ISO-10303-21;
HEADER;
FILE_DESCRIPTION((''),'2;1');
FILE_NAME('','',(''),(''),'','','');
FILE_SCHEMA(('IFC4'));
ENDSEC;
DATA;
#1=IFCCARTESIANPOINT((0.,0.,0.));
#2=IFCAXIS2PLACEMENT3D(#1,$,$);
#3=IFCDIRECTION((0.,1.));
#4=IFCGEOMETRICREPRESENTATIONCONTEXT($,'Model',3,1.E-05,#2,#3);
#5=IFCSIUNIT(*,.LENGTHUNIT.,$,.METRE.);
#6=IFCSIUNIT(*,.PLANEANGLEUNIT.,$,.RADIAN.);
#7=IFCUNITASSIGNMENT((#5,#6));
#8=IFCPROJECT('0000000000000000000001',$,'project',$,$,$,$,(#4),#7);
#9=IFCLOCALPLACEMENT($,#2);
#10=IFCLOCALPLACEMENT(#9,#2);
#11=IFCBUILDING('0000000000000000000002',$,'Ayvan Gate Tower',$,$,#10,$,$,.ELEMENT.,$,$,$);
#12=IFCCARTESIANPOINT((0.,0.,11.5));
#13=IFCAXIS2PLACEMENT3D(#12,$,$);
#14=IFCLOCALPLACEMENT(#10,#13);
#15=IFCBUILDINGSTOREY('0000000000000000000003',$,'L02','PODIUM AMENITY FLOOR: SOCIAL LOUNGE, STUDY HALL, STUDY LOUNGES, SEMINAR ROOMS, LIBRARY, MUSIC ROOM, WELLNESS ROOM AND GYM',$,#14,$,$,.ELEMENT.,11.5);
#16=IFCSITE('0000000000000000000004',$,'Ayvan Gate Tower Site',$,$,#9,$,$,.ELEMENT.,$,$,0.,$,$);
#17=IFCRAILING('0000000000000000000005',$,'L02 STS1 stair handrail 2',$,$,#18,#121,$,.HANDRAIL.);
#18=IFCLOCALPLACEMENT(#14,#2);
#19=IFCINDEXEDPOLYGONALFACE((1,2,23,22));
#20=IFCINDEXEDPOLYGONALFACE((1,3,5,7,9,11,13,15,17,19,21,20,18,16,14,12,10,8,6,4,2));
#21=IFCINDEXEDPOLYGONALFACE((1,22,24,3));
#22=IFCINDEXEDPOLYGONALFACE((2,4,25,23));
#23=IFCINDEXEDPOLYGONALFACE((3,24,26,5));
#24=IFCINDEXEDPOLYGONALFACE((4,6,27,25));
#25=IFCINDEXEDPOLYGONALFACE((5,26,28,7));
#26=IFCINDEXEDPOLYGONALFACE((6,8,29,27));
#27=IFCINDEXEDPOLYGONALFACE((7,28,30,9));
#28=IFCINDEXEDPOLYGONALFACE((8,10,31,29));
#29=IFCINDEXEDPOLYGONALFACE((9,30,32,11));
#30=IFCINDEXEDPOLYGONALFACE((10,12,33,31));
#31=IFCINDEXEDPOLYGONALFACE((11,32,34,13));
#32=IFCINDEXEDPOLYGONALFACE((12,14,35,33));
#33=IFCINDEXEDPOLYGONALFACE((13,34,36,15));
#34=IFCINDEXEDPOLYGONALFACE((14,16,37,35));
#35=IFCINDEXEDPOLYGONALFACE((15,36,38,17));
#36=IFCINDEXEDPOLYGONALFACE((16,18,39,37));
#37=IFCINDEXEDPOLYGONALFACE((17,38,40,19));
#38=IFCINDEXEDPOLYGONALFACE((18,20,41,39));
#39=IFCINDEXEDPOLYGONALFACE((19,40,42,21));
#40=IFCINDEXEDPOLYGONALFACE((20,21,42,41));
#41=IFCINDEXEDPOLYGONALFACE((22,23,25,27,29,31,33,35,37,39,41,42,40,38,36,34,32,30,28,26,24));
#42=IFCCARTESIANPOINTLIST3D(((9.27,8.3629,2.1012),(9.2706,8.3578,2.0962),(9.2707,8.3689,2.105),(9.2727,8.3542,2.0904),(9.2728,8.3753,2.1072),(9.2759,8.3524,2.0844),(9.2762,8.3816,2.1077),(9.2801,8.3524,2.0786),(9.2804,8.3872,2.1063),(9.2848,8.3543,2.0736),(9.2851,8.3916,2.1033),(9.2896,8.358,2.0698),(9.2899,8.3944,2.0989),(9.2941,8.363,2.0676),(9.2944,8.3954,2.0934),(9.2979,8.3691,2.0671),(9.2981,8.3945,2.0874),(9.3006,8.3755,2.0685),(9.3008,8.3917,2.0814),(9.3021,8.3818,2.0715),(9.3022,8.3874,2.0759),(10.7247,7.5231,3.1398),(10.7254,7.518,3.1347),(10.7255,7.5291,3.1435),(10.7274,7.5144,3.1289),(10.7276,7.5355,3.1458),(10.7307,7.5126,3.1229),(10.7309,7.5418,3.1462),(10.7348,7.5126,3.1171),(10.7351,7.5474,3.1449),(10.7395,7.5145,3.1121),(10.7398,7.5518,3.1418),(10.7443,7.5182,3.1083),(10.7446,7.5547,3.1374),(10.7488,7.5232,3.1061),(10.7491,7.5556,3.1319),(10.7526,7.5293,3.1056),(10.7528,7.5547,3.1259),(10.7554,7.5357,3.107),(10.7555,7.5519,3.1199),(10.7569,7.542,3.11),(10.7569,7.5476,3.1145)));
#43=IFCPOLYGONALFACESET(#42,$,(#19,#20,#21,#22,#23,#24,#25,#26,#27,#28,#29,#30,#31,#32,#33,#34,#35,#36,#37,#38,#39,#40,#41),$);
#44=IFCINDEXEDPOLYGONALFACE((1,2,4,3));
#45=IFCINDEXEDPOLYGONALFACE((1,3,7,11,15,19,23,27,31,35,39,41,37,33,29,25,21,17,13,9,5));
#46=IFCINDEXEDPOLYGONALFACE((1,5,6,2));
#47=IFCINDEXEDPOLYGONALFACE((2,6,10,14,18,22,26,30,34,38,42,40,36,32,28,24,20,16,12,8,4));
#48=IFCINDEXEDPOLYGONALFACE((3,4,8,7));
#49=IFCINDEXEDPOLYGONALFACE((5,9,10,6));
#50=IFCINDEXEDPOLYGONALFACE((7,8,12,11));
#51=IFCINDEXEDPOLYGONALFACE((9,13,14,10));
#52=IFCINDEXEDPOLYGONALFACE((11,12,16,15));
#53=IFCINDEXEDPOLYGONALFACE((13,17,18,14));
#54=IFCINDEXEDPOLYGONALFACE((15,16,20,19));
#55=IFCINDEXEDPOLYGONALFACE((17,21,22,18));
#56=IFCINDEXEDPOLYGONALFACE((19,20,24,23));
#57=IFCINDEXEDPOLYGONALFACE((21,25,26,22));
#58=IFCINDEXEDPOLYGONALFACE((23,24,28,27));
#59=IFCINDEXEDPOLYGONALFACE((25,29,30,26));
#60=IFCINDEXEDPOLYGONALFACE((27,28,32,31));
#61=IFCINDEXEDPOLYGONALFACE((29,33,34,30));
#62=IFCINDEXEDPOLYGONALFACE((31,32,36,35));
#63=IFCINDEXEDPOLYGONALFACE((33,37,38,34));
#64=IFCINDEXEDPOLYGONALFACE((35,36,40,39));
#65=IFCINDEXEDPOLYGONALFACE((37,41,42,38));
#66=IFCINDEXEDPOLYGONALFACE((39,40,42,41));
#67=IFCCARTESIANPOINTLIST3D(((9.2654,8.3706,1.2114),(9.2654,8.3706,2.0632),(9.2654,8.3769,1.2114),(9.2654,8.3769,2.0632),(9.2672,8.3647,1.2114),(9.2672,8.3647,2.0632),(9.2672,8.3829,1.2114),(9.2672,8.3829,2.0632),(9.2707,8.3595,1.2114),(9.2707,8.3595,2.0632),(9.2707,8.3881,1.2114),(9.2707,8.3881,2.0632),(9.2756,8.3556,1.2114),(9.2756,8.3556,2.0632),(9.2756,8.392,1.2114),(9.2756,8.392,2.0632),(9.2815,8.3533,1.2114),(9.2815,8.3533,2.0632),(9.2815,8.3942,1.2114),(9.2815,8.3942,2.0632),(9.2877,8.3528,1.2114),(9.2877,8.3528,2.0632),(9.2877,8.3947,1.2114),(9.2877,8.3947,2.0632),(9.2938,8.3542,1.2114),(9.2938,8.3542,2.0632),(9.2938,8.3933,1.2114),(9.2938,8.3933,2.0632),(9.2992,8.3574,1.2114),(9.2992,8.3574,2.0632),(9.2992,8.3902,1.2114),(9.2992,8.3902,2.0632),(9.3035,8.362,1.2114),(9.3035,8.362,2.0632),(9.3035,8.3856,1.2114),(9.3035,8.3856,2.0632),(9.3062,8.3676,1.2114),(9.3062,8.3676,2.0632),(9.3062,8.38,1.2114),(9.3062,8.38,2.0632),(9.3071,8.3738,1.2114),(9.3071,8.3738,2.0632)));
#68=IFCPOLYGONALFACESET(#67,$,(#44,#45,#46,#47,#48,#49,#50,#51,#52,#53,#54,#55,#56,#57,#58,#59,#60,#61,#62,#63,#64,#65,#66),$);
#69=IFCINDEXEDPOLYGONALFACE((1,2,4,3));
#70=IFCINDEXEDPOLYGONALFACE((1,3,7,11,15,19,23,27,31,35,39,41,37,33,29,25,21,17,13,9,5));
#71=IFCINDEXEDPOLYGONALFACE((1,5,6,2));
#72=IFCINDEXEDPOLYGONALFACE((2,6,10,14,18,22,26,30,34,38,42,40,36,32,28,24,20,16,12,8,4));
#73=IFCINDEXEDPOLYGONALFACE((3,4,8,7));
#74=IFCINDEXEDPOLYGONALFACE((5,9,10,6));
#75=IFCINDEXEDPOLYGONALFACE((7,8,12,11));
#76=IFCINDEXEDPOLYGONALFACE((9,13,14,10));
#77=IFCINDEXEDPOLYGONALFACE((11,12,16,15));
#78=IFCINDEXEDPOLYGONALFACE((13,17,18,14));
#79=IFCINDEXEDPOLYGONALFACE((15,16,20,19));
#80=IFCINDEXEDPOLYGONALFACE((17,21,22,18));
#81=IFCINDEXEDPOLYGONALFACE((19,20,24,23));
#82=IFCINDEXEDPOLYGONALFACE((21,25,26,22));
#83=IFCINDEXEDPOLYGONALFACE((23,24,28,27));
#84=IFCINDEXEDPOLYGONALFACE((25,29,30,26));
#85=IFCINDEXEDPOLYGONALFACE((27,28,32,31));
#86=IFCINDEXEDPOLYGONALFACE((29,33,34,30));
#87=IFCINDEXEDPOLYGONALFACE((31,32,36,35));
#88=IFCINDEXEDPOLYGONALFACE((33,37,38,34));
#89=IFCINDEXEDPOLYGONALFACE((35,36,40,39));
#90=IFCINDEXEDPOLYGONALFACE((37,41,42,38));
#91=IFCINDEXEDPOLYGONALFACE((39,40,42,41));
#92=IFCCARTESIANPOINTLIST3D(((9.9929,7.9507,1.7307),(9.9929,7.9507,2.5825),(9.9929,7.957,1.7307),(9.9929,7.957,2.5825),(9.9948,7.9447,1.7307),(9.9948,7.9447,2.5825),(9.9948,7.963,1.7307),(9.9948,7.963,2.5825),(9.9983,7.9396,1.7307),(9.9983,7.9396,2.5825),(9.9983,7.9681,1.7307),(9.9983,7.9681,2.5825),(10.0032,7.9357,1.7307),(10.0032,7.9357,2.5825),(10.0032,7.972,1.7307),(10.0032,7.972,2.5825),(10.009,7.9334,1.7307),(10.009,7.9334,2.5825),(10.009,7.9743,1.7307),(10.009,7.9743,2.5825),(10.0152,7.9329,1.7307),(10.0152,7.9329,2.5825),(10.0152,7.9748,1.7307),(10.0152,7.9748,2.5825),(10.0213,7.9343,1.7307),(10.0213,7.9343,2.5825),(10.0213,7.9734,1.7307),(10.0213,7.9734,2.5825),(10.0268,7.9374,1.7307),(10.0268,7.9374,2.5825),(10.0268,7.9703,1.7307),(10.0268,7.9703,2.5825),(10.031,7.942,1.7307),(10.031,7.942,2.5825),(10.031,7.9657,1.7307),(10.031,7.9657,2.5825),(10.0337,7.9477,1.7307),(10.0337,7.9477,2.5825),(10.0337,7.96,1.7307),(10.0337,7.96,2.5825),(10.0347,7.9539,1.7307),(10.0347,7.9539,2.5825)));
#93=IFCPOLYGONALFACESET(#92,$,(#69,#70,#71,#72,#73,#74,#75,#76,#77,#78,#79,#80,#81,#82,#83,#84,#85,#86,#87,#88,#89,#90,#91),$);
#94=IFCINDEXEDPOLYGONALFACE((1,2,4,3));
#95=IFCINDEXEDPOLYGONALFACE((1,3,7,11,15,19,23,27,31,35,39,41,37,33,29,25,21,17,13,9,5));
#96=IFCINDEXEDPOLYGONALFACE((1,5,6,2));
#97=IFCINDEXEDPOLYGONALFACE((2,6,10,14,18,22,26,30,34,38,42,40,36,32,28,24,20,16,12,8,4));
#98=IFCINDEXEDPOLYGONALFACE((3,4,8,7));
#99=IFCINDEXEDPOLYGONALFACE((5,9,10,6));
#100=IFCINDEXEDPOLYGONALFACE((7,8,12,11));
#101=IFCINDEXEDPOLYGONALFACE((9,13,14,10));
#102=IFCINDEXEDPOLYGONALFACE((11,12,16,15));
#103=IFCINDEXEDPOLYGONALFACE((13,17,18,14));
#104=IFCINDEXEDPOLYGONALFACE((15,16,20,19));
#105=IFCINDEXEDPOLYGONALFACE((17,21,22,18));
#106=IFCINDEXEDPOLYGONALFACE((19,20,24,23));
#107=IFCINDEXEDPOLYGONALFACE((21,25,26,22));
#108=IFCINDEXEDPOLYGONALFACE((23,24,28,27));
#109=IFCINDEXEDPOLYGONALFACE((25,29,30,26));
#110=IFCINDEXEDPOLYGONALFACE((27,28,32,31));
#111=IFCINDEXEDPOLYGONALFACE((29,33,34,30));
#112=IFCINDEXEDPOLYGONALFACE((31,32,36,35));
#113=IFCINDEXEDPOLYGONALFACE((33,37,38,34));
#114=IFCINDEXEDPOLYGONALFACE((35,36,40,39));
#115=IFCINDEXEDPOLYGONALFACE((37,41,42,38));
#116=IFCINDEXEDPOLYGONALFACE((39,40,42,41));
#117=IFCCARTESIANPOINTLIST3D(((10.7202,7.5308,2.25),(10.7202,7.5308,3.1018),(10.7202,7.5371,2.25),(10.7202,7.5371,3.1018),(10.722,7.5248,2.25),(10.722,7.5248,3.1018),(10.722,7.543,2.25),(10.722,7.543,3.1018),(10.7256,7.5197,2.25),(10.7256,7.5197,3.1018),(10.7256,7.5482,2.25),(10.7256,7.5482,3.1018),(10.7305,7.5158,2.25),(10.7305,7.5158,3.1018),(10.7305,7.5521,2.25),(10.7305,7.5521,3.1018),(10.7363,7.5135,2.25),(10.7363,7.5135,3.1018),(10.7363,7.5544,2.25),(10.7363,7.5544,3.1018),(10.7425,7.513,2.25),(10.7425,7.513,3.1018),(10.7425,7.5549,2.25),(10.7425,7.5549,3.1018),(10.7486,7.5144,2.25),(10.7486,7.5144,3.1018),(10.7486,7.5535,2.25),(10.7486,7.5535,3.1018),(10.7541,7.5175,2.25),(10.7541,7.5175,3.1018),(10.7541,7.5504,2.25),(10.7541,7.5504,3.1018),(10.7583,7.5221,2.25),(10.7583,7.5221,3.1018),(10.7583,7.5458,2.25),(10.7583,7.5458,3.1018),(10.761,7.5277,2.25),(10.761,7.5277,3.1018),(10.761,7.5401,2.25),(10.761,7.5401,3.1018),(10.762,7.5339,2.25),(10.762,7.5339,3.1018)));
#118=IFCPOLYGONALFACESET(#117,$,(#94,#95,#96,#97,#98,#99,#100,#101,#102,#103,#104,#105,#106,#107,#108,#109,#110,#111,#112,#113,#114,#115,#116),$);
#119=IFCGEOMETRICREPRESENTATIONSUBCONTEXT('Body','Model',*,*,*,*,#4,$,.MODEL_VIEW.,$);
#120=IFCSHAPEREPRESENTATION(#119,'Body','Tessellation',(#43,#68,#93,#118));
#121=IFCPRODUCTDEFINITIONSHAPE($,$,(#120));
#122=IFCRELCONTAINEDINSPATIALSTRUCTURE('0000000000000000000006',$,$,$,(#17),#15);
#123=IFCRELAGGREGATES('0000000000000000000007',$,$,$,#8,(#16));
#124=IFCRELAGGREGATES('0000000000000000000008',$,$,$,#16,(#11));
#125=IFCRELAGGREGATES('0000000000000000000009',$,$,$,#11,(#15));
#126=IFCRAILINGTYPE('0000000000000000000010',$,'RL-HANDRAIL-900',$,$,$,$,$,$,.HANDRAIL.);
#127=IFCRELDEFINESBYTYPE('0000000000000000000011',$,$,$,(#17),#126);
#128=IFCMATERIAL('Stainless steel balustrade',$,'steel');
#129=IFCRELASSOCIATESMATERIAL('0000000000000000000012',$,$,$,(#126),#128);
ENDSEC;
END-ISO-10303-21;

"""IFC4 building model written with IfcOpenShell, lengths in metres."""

from ifc_helpers import new_model, si_unit, direction, frame, origin, origin_2d, place, context, subcontext, project, spatial, circle, extrude, material, type_object, element, save


model = new_model("IFC4")

# Units and contexts
model_context = context("Model", 3, precision=1e-05, world=origin(), true_north=direction((0.0, 1.0)))
body_context = subcontext(model_context, "Body", "Model", "MODEL_VIEW")
ifc_project = project(units=[si_unit("LENGTHUNIT", "METRE"), si_unit("PLANEANGLEUNIT", "RADIAN")], contexts=[model_context])

# Site, building, storey
site_placement = place(None, origin())
site = spatial("IfcSite", under=ifc_project, at=site_placement, Name="Ayvan Gate Tower Site", CompositionType="ELEMENT", RefElevation=0.0)
building_placement = place(site_placement, origin())
building = spatial("IfcBuilding", under=site, at=building_placement, Name="Ayvan Gate Tower", CompositionType="ELEMENT")
storey_placement = place(building_placement, frame((0.0, 0.0, 11.5)))
storey = spatial("IfcBuildingStorey", under=building, at=storey_placement, Name="L02", Description="PODIUM AMENITY FLOOR: SOCIAL LOUNGE, STUDY HALL, STUDY LOUNGES, SEMINAR ROOMS, LIBRARY, MUSIC ROOM, WELLNESS ROOM AND GYM", CompositionType="ELEMENT", Elevation=11.5)

# Railing
ifc_material_1 = material(Name="Stainless steel balustrade", Category="steel")
railing_type_1 = type_object("IfcRailingType", Name="RL-HANDRAIL-900", PredefinedType="HANDRAIL", material=ifc_material_1)
railing_1_placement = place(storey_placement, frame((9.2861, 8.3738, 1.2114)))
element("IfcRailing", 1, at=railing_1_placement, inside=storey, type_object=railing_type_1, Name="L02 STS1 stair handrail 2", PredefinedType="HANDRAIL", context=body_context, shape_type="SweptSolid", body=[
    extrude(circle(Radius=0.0239, at=origin_2d()), frame((0.0, 0.0, 0.876), z_axis=(0.736635, -0.425243, 0.525868), x_axis=(0.499953, 0.866052, 0.0)), (0.0, 0.0, 1.0), 1.9749),
    extrude(circle(Radius=0.021, at=origin_2d()), origin(), (0.0, 0.0, 1.0), 0.8518),
    extrude(circle(Radius=0.021, at=origin_2d()), frame((0.7275, -0.4199, 0.5193)), (0.0, 0.0, 1.0), 0.8518),
    extrude(circle(Radius=0.021, at=origin_2d()), frame((1.4548, -0.8398, 1.0386)), (0.0, 0.0, 1.0), 0.8518),
])

save(model, "model.ifc")
